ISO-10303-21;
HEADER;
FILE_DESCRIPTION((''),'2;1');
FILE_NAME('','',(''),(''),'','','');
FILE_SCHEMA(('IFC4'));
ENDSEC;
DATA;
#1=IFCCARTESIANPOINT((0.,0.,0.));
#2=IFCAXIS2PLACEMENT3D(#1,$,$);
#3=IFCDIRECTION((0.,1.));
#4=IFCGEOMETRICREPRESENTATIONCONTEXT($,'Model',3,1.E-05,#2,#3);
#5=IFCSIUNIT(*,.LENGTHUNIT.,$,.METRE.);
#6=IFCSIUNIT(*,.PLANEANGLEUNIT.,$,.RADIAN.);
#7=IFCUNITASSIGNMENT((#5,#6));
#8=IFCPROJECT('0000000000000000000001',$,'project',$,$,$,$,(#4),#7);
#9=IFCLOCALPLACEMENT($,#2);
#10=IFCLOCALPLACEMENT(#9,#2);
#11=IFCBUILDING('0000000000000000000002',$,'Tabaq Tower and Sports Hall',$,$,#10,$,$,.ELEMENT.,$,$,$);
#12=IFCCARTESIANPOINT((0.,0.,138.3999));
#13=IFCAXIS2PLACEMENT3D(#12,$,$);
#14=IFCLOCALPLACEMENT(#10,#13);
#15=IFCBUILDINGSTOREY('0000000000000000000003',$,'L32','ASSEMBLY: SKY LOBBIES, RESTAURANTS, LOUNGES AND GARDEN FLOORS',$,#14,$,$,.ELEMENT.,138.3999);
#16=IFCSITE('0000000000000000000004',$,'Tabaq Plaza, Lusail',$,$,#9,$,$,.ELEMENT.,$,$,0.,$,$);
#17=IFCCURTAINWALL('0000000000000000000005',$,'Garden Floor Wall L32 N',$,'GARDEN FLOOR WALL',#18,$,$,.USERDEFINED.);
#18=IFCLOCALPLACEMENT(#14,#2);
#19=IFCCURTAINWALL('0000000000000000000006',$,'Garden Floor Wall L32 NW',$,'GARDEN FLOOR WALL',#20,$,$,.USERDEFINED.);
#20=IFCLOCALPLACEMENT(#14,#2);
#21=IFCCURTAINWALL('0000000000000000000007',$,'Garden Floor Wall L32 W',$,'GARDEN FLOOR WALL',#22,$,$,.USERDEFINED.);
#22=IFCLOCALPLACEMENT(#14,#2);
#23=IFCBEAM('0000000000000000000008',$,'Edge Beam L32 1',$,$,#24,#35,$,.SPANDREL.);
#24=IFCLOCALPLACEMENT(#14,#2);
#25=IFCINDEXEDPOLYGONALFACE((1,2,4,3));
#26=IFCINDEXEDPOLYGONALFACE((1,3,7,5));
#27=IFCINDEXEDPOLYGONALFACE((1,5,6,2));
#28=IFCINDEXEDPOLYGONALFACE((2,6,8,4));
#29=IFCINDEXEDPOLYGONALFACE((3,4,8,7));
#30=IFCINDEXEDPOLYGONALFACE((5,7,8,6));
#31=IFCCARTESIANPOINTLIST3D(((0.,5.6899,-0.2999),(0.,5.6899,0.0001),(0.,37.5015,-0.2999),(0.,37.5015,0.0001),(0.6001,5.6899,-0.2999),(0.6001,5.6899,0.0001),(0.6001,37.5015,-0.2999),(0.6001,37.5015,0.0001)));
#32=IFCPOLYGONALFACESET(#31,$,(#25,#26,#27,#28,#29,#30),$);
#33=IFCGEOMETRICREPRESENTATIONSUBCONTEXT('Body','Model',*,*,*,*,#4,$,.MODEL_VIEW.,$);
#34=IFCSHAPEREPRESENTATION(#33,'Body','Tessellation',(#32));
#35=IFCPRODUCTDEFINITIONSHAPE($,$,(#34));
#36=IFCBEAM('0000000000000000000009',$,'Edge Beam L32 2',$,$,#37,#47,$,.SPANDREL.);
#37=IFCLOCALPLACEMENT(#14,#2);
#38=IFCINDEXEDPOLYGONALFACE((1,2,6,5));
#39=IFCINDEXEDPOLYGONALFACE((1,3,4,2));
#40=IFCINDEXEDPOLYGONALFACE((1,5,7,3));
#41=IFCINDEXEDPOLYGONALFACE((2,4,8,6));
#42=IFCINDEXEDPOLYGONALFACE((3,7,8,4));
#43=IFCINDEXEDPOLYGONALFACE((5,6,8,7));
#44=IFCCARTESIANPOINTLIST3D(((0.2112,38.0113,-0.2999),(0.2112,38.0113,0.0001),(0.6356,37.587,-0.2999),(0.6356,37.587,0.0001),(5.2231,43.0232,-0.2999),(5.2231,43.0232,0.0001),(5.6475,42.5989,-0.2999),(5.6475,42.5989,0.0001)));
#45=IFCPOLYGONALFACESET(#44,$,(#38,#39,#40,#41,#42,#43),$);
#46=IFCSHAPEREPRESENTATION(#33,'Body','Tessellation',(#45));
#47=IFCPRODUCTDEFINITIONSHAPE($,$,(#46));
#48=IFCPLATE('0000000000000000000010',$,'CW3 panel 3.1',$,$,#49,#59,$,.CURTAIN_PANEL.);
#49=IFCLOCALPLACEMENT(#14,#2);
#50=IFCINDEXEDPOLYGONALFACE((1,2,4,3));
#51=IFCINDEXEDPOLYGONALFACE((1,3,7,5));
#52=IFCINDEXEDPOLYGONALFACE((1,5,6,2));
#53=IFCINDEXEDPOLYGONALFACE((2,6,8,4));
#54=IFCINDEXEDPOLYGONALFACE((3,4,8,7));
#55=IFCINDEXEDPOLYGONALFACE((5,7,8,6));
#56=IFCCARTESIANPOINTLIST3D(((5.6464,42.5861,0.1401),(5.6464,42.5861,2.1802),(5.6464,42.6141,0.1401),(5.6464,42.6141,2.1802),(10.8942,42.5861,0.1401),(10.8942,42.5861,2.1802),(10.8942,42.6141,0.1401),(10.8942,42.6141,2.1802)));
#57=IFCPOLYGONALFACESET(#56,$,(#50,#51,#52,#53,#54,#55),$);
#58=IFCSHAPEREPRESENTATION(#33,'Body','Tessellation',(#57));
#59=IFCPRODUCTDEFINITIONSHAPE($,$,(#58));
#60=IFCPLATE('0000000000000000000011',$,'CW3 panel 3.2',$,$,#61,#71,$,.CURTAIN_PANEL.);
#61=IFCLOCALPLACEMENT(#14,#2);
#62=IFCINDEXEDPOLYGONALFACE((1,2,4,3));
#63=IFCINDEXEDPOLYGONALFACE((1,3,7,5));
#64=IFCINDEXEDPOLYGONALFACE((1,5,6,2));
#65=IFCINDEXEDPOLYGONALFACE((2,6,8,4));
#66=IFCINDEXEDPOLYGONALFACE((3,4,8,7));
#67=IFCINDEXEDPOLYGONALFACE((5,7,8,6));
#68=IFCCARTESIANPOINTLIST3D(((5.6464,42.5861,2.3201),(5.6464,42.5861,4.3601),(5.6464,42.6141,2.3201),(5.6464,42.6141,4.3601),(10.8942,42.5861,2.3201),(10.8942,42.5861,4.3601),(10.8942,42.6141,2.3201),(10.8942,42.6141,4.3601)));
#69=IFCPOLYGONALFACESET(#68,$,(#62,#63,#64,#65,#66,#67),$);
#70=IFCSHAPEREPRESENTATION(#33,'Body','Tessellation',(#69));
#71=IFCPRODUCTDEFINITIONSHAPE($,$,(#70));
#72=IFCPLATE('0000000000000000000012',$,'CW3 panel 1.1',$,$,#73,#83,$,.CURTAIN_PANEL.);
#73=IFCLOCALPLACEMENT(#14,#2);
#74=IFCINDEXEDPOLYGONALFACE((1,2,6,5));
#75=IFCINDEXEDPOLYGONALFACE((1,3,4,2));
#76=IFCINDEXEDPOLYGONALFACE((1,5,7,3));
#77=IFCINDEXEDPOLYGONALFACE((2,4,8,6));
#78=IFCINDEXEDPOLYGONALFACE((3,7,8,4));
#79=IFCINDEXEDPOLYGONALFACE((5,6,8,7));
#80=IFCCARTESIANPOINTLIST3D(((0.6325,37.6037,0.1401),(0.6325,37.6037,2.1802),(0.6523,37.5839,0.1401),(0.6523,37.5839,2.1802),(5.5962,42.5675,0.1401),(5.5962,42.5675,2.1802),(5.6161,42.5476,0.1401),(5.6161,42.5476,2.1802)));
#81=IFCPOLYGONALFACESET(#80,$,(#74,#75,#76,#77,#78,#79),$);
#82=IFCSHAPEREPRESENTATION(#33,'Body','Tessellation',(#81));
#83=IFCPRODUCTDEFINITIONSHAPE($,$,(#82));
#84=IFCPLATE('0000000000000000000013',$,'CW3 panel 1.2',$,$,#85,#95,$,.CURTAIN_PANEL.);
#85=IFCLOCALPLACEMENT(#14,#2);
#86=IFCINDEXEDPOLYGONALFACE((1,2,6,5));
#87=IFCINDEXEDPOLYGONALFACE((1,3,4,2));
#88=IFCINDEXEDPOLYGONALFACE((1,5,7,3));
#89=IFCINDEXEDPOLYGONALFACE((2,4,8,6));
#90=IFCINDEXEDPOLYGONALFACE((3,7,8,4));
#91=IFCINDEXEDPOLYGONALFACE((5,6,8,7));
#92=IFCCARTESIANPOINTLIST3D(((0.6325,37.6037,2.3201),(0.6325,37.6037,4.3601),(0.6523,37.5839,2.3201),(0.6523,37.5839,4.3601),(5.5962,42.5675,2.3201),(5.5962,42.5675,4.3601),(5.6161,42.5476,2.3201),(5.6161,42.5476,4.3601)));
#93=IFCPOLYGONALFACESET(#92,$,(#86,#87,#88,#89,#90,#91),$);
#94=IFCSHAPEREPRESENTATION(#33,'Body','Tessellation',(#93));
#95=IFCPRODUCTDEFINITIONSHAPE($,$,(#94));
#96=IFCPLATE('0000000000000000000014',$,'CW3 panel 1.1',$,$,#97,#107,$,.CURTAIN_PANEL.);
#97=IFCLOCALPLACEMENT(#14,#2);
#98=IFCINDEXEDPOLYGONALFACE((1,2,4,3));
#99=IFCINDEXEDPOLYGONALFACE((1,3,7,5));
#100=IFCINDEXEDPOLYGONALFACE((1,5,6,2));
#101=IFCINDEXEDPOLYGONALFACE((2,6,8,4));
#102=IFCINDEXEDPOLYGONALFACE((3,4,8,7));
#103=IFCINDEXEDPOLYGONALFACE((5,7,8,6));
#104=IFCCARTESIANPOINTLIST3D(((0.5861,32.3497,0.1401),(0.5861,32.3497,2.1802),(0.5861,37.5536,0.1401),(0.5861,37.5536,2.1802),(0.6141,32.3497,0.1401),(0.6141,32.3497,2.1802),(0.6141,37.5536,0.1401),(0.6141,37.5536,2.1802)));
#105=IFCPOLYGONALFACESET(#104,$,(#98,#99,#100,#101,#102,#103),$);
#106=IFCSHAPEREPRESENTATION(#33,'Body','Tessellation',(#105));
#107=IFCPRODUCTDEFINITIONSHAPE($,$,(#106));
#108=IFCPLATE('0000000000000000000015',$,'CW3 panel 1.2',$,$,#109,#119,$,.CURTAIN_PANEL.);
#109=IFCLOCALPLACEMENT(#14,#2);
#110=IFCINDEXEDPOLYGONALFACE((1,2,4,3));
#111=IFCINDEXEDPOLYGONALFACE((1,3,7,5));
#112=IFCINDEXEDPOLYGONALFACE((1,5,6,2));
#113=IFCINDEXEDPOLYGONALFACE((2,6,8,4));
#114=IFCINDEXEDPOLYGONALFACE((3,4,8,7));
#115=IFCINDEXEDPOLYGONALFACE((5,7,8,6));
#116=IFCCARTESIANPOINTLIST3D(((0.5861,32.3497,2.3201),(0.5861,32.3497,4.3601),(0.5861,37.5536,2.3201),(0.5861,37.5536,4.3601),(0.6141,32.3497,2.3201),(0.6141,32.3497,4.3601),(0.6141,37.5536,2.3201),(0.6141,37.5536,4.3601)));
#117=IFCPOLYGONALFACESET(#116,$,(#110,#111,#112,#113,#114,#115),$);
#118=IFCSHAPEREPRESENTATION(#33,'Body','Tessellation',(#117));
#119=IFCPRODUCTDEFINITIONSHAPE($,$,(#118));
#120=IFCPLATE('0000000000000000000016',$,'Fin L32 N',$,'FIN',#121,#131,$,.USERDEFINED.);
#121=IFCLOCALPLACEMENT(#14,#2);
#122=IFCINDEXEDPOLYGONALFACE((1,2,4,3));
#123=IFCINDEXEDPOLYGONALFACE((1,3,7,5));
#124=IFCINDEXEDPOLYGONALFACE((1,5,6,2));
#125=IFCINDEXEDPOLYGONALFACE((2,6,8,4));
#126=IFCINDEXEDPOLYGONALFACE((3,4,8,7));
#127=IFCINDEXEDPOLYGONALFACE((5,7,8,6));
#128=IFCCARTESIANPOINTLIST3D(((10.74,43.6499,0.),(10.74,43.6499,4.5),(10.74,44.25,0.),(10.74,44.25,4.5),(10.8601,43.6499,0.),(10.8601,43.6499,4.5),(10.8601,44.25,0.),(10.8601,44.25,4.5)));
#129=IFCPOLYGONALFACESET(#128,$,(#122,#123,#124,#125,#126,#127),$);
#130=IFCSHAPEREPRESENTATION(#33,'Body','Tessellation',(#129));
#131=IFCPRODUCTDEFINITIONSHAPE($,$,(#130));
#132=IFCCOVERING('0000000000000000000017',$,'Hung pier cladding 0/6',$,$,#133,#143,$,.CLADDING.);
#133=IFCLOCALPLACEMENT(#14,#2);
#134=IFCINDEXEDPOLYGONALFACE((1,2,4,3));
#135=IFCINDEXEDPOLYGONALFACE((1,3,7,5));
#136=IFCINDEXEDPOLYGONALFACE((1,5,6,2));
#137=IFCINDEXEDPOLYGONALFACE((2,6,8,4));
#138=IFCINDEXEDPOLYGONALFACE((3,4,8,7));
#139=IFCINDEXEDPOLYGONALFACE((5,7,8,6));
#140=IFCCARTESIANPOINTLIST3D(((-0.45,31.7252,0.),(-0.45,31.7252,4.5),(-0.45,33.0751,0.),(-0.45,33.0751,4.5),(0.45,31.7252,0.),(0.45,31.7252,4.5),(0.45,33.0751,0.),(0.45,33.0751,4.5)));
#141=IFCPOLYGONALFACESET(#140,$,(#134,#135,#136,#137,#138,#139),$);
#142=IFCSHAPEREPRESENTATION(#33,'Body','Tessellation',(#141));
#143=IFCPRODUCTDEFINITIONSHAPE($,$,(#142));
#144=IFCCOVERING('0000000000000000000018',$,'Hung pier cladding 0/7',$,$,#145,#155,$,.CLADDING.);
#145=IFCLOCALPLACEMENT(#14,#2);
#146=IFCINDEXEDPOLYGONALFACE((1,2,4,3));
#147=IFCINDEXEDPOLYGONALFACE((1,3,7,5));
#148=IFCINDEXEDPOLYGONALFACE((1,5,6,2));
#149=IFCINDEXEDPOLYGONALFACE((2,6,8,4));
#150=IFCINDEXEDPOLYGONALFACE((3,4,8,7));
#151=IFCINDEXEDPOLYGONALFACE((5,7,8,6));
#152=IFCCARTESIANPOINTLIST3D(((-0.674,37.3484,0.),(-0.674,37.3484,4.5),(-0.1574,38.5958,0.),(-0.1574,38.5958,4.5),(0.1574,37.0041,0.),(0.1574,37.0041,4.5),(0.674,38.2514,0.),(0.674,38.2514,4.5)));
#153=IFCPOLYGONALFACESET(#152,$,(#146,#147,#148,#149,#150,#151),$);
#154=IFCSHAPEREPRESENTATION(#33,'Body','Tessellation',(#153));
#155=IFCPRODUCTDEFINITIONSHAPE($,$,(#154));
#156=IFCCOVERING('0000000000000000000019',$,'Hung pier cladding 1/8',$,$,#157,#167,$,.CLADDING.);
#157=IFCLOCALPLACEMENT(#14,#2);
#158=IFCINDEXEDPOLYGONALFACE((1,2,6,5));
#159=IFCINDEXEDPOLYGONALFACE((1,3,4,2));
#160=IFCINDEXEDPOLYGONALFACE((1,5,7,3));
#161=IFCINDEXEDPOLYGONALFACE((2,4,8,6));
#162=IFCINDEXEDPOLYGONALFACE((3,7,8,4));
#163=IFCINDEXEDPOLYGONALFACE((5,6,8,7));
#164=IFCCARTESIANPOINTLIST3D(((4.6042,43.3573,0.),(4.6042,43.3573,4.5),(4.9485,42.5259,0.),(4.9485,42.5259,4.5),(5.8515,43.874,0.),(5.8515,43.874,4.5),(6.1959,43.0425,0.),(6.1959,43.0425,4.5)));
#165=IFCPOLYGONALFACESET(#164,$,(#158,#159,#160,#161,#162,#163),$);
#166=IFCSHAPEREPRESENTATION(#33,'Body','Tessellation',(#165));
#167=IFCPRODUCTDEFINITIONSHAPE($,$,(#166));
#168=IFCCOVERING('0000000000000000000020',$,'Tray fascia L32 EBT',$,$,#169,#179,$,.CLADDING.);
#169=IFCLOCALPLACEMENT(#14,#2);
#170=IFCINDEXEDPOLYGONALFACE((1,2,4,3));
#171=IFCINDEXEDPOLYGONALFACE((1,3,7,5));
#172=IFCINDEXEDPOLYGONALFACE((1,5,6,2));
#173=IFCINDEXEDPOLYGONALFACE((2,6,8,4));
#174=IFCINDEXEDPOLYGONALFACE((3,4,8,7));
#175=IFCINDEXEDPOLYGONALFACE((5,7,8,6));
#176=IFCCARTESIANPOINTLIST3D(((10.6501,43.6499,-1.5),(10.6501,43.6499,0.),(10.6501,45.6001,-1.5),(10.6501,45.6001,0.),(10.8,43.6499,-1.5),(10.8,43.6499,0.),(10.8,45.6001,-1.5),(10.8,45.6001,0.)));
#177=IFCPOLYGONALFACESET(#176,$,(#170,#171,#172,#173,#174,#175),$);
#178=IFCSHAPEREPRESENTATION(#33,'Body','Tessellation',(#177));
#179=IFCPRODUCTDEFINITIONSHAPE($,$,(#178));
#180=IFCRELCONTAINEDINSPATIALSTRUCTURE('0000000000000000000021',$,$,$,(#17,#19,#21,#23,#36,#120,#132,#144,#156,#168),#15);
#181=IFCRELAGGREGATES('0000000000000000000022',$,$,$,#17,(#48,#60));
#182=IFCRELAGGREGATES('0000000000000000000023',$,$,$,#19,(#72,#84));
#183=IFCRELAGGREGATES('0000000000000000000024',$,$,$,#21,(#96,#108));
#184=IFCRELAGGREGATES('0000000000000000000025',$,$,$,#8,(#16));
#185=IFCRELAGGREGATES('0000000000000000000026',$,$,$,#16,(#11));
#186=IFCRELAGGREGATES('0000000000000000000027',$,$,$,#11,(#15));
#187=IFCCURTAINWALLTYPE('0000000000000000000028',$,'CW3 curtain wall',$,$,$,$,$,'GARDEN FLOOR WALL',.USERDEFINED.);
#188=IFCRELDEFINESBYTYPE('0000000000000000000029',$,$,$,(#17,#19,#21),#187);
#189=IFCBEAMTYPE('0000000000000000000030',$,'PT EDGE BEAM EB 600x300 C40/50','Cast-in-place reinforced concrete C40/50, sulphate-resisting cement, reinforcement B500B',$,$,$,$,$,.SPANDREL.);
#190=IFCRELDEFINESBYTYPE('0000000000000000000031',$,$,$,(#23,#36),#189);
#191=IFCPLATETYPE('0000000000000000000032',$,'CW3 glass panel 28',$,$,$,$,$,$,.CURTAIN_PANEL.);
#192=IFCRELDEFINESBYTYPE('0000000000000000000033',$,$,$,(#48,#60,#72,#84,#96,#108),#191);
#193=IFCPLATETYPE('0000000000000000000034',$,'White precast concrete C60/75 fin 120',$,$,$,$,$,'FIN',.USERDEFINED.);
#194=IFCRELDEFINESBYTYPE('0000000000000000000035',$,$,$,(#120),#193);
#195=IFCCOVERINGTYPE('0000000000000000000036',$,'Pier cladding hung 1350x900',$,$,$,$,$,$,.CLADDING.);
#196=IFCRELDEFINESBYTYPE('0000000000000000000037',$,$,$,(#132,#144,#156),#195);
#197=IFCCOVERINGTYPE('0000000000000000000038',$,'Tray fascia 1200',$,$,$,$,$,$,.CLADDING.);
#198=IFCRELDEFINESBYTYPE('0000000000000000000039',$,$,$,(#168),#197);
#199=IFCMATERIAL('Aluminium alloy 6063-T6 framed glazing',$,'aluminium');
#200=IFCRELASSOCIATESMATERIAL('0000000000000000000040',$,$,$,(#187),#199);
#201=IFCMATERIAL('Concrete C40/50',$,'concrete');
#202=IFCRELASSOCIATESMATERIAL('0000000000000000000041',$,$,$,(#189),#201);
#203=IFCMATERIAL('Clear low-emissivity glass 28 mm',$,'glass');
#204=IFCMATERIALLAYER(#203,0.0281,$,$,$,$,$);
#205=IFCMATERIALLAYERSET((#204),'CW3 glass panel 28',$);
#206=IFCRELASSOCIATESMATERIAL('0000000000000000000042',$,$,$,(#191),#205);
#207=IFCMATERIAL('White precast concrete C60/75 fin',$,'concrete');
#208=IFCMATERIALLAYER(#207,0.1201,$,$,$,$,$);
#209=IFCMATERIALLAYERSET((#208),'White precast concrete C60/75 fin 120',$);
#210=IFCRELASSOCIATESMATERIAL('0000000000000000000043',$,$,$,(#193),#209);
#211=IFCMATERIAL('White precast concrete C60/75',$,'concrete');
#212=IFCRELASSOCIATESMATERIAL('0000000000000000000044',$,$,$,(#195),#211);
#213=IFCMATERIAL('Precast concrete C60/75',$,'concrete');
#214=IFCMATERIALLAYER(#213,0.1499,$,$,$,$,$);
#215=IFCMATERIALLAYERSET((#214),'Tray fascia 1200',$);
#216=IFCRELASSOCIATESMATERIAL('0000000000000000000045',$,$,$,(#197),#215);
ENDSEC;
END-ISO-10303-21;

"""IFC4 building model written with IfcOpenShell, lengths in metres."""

from ifc_helpers import new_model, si_unit, direction, frame, frame_2d, origin, origin_2d, place, context, subcontext, project, spatial, rectangle, extrude, material, layer, layer_set, material_profile, profile_set, type_object, element, aggregate, save


model = new_model("IFC4")

# Units and contexts
model_context = context("Model", 3, precision=1e-05, world=origin(), true_north=direction((0.0, 1.0)))
body_context = subcontext(model_context, "Body", "Model", "MODEL_VIEW")
ifc_project = project(units=[si_unit("LENGTHUNIT", "METRE"), si_unit("PLANEANGLEUNIT", "RADIAN")], contexts=[model_context])

# Site, building, storey
site_placement = place(None, origin())
site = spatial("IfcSite", under=ifc_project, at=site_placement, Name="Tabaq Plaza, Lusail", CompositionType="ELEMENT", RefElevation=0.0)
building_placement = place(site_placement, origin())
building = spatial("IfcBuilding", under=site, at=building_placement, Name="Tabaq Tower and Sports Hall", CompositionType="ELEMENT")
storey_placement = place(building_placement, frame((0.0, 0.0, 138.3999)))
storey = spatial("IfcBuildingStorey", under=building, at=storey_placement, Name="L32", Description="ASSEMBLY: SKY LOBBIES, RESTAURANTS, LOUNGES AND GARDEN FLOORS", CompositionType="ELEMENT", Elevation=138.3999)

# Curtain wall
ifc_material_1 = material(Name="Aluminium alloy 6063-T6 framed glazing", Category="aluminium")
curtain_wall_type = type_object("IfcCurtainWallType", Name="CW3 curtain wall", ElementType="GARDEN FLOOR WALL", PredefinedType="USERDEFINED", material=ifc_material_1)
curtain_wall_1_placement = place(storey_placement, origin())
curtain_wall_1 = element("IfcCurtainWall", 1, at=curtain_wall_1_placement, inside=storey, type_object=curtain_wall_type, Name="Garden Floor Wall L32 N", ObjectType="GARDEN FLOOR WALL", PredefinedType="USERDEFINED")

# Curtain wall
curtain_wall_2_placement = place(storey_placement, origin())
curtain_wall_2 = element("IfcCurtainWall", 2, at=curtain_wall_2_placement, inside=storey, type_object=curtain_wall_type, Name="Garden Floor Wall L32 NW", ObjectType="GARDEN FLOOR WALL", PredefinedType="USERDEFINED")

# Curtain wall
curtain_wall_3_placement = place(storey_placement, origin())
curtain_wall_3 = element("IfcCurtainWall", 3, at=curtain_wall_3_placement, inside=storey, type_object=curtain_wall_type, Name="Garden Floor Wall L32 W", ObjectType="GARDEN FLOOR WALL", PredefinedType="USERDEFINED")

# Beams
ifc_material_2 = material(Name="Concrete C40/50", Category="concrete")
ifc_material_profile_1 = material_profile(ifc_material_2, rectangle(XDim=0.6001, YDim=0.3, at=origin_2d()), Name="EB 600x300")
ifc_profile_set_1 = profile_set([ifc_material_profile_1], Name="Concrete C40/50")
beam_type = type_object("IfcBeamType", Name="PT EDGE BEAM EB 600x300 C40/50", Description="Cast-in-place reinforced concrete C40/50, sulphate-resisting cement, reinforcement B500B", PredefinedType="SPANDREL", material=ifc_profile_set_1)
beam_1_placement = place(storey_placement, frame((0.3, 37.5015, -0.1499), z_axis=(0.0, -1.0, 0.0), x_axis=(1.0, 0.0, 0.0)))
element("IfcBeam", 4, at=beam_1_placement, inside=storey, type_object=beam_type, Name="Edge Beam L32 1", PredefinedType="SPANDREL", context=body_context, shape_type="SweptSolid", body=[
    extrude(rectangle(XDim=0.6001, YDim=0.3, at=origin_2d()), origin(), (0.0, 0.0, 1.0), 31.8115),
])
beam_2_placement = place(storey_placement, frame((5.4353, 42.811, -0.1499), z_axis=(-0.707107, -0.707107, 0.0), x_axis=(0.707107, -0.707107, 0.0)))
element("IfcBeam", 5, at=beam_2_placement, inside=storey, type_object=beam_type, Name="Edge Beam L32 2", PredefinedType="SPANDREL", context=body_context, shape_type="SweptSolid", body=[
    extrude(rectangle(XDim=0.6001, YDim=0.3, at=origin_2d()), origin(), (0.0, 0.0, 1.0), 7.0879),
])

# Plates
ifc_material_3 = material(Name="Clear low-emissivity glass 28 mm", Category="glass")
ifc_layer_1 = layer(ifc_material_3, 0.0281)
ifc_layer_set_1 = layer_set([ifc_layer_1], Name="CW3 glass panel 28")
plate_type_1 = type_object("IfcPlateType", Name="CW3 glass panel 28", PredefinedType="CURTAIN_PANEL", material=ifc_layer_set_1)
plate_1_placement = place(storey_placement, frame((8.2703, 42.6001, 0.1401), z_axis=(0.0, 0.0, 1.0), x_axis=(-1.0, 0.0, 0.0)))
plate_1 = element("IfcPlate", 6, at=plate_1_placement, type_object=plate_type_1, Name="CW3 panel 3.1", PredefinedType="CURTAIN_PANEL", context=body_context, shape_type="SweptSolid", body=[
    extrude(rectangle(XDim=5.2478, YDim=0.0281, at=origin_2d()), origin(), (0.0, 0.0, 1.0), 2.04),
])
plate_2_placement = place(storey_placement, frame((8.2703, 42.6001, 2.3201), z_axis=(0.0, 0.0, 1.0), x_axis=(-1.0, 0.0, 0.0)))
plate_2 = element("IfcPlate", 7, at=plate_2_placement, type_object=plate_type_1, Name="CW3 panel 3.2", PredefinedType="CURTAIN_PANEL", context=body_context, shape_type="SweptSolid", body=[
    extrude(rectangle(XDim=5.2478, YDim=0.0281, at=origin_2d()), origin(), (0.0, 0.0, 1.0), 2.04),
])
aggregate(curtain_wall_1, [plate_1, plate_2])
plate_3_placement = place(storey_placement, frame((3.1243, 40.0757, 0.1401), z_axis=(0.0, 0.0, 1.0), x_axis=(-0.707107, -0.707107, 0.0)))
plate_3 = element("IfcPlate", 8, at=plate_3_placement, type_object=plate_type_1, Name="CW3 panel 1.1", PredefinedType="CURTAIN_PANEL", context=body_context, shape_type="SweptSolid", body=[
    extrude(rectangle(XDim=7.0198, YDim=0.0281, at=origin_2d()), origin(), (0.0, 0.0, 1.0), 2.04),
])
plate_4_placement = place(storey_placement, frame((3.1243, 40.0757, 2.3201), z_axis=(0.0, 0.0, 1.0), x_axis=(-0.707107, -0.707107, 0.0)))
plate_4 = element("IfcPlate", 9, at=plate_4_placement, type_object=plate_type_1, Name="CW3 panel 1.2", PredefinedType="CURTAIN_PANEL", context=body_context, shape_type="SweptSolid", body=[
    extrude(rectangle(XDim=7.0198, YDim=0.0281, at=origin_2d()), origin(), (0.0, 0.0, 1.0), 2.04),
])
aggregate(curtain_wall_2, [plate_3, plate_4])
plate_5_placement = place(storey_placement, frame((0.6001, 34.9517, 0.1401), z_axis=(0.0, 0.0, 1.0), x_axis=(0.0, -1.0, 0.0)))
plate_5 = element("IfcPlate", 10, at=plate_5_placement, type_object=plate_type_1, Name="CW3 panel 1.1", PredefinedType="CURTAIN_PANEL", context=body_context, shape_type="SweptSolid", body=[
    extrude(rectangle(XDim=5.2039, YDim=0.0281, at=origin_2d()), origin(), (0.0, 0.0, 1.0), 2.04),
])
plate_6_placement = place(storey_placement, frame((0.6001, 34.9517, 2.3201), z_axis=(0.0, 0.0, 1.0), x_axis=(0.0, -1.0, 0.0)))
plate_6 = element("IfcPlate", 11, at=plate_6_placement, type_object=plate_type_1, Name="CW3 panel 1.2", PredefinedType="CURTAIN_PANEL", context=body_context, shape_type="SweptSolid", body=[
    extrude(rectangle(XDim=5.2039, YDim=0.0281, at=origin_2d()), origin(), (0.0, 0.0, 1.0), 2.04),
])
aggregate(curtain_wall_3, [plate_5, plate_6])
ifc_material_4 = material(Name="White precast concrete C60/75 fin", Category="concrete")
ifc_layer_2 = layer(ifc_material_4, 0.1201)
ifc_layer_set_2 = layer_set([ifc_layer_2], Name="White precast concrete C60/75 fin 120")
plate_type_2 = type_object("IfcPlateType", Name="White precast concrete C60/75 fin 120", ElementType="FIN", PredefinedType="USERDEFINED", material=ifc_layer_set_2)
plate_7_placement = place(storey_placement, frame((10.8, 43.95, 0.0), z_axis=(0.0, 0.0, 1.0), x_axis=(-1.0, 0.0, 0.0)))
element("IfcPlate", 12, at=plate_7_placement, inside=storey, type_object=plate_type_2, Name="Fin L32 N", ObjectType="FIN", PredefinedType="USERDEFINED", context=body_context, shape_type="SweptSolid", body=[
    extrude(rectangle(XDim=0.1201, YDim=0.6001, at=origin_2d()), origin(), (0.0, 0.0, 1.0), 4.5),
])

# Coverings
ifc_material_5 = material(Name="White precast concrete C60/75", Category="concrete")
covering_type_1 = type_object("IfcCoveringType", Name="Pier cladding hung 1350x900", PredefinedType="CLADDING", material=ifc_material_5)
covering_1_placement = place(storey_placement, frame((0.0, 33.075, 0.0), z_axis=(0.0, 0.0, 1.0), x_axis=(0.0, -1.0, 0.0)))
element("IfcCovering", 13, at=covering_1_placement, inside=storey, type_object=covering_type_1, Name="Hung pier cladding 0/6", PredefinedType="CLADDING", context=body_context, shape_type="SweptSolid", body=[
    extrude(rectangle(XDim=1.3499, YDim=0.8999, at=frame_2d((0.6748, 0.0))), origin(), (0.0, 0.0, 1.0), 4.5),
])
for number, where, z_axis, x_axis, name in (
    (14, (0.2583, 38.4236, 0.0), (0.0, 0.0, 1.0), (-0.38265, -0.923893, 0.0), "Hung pier cladding 0/7"),
    (15, (6.0237, 43.4583, 0.0), (0.0, 0.0, 1.0), (-0.923893, -0.38265, 0.0), "Hung pier cladding 1/8"),
):
    element("IfcCovering", number, at=place(storey_placement, frame(where, z_axis=z_axis, x_axis=x_axis)), inside=storey, type_object=covering_type_1, Name=name, PredefinedType="CLADDING", context=body_context, shape_type="SweptSolid", body=[
        extrude(rectangle(XDim=1.3501, YDim=0.8999, at=frame_2d((0.675, 0.0))), origin(), (0.0, 0.0, 1.0), 4.5),
    ])
ifc_material_6 = material(Name="Precast concrete C60/75", Category="concrete")
ifc_layer_3 = layer(ifc_material_6, 0.1499)
ifc_layer_set_3 = layer_set([ifc_layer_3], Name="Tray fascia 1200")
covering_type_2 = type_object("IfcCoveringType", Name="Tray fascia 1200", PredefinedType="CLADDING", material=ifc_layer_set_3)
covering_2_placement = place(storey_placement, frame((10.7251, 43.6499, -1.5), z_axis=(0.0, 0.0, 1.0), x_axis=(0.0, 1.0, 0.0)))
element("IfcCovering", 16, at=covering_2_placement, inside=storey, type_object=covering_type_2, Name="Tray fascia L32 EBT", PredefinedType="CLADDING", context=body_context, shape_type="SweptSolid", body=[
    extrude(rectangle(XDim=1.9502, YDim=0.1499, at=frame_2d((0.9751, 0.0))), origin(), (0.0, 0.0, 1.0), 1.5),
])

save(model, "model.ifc")
